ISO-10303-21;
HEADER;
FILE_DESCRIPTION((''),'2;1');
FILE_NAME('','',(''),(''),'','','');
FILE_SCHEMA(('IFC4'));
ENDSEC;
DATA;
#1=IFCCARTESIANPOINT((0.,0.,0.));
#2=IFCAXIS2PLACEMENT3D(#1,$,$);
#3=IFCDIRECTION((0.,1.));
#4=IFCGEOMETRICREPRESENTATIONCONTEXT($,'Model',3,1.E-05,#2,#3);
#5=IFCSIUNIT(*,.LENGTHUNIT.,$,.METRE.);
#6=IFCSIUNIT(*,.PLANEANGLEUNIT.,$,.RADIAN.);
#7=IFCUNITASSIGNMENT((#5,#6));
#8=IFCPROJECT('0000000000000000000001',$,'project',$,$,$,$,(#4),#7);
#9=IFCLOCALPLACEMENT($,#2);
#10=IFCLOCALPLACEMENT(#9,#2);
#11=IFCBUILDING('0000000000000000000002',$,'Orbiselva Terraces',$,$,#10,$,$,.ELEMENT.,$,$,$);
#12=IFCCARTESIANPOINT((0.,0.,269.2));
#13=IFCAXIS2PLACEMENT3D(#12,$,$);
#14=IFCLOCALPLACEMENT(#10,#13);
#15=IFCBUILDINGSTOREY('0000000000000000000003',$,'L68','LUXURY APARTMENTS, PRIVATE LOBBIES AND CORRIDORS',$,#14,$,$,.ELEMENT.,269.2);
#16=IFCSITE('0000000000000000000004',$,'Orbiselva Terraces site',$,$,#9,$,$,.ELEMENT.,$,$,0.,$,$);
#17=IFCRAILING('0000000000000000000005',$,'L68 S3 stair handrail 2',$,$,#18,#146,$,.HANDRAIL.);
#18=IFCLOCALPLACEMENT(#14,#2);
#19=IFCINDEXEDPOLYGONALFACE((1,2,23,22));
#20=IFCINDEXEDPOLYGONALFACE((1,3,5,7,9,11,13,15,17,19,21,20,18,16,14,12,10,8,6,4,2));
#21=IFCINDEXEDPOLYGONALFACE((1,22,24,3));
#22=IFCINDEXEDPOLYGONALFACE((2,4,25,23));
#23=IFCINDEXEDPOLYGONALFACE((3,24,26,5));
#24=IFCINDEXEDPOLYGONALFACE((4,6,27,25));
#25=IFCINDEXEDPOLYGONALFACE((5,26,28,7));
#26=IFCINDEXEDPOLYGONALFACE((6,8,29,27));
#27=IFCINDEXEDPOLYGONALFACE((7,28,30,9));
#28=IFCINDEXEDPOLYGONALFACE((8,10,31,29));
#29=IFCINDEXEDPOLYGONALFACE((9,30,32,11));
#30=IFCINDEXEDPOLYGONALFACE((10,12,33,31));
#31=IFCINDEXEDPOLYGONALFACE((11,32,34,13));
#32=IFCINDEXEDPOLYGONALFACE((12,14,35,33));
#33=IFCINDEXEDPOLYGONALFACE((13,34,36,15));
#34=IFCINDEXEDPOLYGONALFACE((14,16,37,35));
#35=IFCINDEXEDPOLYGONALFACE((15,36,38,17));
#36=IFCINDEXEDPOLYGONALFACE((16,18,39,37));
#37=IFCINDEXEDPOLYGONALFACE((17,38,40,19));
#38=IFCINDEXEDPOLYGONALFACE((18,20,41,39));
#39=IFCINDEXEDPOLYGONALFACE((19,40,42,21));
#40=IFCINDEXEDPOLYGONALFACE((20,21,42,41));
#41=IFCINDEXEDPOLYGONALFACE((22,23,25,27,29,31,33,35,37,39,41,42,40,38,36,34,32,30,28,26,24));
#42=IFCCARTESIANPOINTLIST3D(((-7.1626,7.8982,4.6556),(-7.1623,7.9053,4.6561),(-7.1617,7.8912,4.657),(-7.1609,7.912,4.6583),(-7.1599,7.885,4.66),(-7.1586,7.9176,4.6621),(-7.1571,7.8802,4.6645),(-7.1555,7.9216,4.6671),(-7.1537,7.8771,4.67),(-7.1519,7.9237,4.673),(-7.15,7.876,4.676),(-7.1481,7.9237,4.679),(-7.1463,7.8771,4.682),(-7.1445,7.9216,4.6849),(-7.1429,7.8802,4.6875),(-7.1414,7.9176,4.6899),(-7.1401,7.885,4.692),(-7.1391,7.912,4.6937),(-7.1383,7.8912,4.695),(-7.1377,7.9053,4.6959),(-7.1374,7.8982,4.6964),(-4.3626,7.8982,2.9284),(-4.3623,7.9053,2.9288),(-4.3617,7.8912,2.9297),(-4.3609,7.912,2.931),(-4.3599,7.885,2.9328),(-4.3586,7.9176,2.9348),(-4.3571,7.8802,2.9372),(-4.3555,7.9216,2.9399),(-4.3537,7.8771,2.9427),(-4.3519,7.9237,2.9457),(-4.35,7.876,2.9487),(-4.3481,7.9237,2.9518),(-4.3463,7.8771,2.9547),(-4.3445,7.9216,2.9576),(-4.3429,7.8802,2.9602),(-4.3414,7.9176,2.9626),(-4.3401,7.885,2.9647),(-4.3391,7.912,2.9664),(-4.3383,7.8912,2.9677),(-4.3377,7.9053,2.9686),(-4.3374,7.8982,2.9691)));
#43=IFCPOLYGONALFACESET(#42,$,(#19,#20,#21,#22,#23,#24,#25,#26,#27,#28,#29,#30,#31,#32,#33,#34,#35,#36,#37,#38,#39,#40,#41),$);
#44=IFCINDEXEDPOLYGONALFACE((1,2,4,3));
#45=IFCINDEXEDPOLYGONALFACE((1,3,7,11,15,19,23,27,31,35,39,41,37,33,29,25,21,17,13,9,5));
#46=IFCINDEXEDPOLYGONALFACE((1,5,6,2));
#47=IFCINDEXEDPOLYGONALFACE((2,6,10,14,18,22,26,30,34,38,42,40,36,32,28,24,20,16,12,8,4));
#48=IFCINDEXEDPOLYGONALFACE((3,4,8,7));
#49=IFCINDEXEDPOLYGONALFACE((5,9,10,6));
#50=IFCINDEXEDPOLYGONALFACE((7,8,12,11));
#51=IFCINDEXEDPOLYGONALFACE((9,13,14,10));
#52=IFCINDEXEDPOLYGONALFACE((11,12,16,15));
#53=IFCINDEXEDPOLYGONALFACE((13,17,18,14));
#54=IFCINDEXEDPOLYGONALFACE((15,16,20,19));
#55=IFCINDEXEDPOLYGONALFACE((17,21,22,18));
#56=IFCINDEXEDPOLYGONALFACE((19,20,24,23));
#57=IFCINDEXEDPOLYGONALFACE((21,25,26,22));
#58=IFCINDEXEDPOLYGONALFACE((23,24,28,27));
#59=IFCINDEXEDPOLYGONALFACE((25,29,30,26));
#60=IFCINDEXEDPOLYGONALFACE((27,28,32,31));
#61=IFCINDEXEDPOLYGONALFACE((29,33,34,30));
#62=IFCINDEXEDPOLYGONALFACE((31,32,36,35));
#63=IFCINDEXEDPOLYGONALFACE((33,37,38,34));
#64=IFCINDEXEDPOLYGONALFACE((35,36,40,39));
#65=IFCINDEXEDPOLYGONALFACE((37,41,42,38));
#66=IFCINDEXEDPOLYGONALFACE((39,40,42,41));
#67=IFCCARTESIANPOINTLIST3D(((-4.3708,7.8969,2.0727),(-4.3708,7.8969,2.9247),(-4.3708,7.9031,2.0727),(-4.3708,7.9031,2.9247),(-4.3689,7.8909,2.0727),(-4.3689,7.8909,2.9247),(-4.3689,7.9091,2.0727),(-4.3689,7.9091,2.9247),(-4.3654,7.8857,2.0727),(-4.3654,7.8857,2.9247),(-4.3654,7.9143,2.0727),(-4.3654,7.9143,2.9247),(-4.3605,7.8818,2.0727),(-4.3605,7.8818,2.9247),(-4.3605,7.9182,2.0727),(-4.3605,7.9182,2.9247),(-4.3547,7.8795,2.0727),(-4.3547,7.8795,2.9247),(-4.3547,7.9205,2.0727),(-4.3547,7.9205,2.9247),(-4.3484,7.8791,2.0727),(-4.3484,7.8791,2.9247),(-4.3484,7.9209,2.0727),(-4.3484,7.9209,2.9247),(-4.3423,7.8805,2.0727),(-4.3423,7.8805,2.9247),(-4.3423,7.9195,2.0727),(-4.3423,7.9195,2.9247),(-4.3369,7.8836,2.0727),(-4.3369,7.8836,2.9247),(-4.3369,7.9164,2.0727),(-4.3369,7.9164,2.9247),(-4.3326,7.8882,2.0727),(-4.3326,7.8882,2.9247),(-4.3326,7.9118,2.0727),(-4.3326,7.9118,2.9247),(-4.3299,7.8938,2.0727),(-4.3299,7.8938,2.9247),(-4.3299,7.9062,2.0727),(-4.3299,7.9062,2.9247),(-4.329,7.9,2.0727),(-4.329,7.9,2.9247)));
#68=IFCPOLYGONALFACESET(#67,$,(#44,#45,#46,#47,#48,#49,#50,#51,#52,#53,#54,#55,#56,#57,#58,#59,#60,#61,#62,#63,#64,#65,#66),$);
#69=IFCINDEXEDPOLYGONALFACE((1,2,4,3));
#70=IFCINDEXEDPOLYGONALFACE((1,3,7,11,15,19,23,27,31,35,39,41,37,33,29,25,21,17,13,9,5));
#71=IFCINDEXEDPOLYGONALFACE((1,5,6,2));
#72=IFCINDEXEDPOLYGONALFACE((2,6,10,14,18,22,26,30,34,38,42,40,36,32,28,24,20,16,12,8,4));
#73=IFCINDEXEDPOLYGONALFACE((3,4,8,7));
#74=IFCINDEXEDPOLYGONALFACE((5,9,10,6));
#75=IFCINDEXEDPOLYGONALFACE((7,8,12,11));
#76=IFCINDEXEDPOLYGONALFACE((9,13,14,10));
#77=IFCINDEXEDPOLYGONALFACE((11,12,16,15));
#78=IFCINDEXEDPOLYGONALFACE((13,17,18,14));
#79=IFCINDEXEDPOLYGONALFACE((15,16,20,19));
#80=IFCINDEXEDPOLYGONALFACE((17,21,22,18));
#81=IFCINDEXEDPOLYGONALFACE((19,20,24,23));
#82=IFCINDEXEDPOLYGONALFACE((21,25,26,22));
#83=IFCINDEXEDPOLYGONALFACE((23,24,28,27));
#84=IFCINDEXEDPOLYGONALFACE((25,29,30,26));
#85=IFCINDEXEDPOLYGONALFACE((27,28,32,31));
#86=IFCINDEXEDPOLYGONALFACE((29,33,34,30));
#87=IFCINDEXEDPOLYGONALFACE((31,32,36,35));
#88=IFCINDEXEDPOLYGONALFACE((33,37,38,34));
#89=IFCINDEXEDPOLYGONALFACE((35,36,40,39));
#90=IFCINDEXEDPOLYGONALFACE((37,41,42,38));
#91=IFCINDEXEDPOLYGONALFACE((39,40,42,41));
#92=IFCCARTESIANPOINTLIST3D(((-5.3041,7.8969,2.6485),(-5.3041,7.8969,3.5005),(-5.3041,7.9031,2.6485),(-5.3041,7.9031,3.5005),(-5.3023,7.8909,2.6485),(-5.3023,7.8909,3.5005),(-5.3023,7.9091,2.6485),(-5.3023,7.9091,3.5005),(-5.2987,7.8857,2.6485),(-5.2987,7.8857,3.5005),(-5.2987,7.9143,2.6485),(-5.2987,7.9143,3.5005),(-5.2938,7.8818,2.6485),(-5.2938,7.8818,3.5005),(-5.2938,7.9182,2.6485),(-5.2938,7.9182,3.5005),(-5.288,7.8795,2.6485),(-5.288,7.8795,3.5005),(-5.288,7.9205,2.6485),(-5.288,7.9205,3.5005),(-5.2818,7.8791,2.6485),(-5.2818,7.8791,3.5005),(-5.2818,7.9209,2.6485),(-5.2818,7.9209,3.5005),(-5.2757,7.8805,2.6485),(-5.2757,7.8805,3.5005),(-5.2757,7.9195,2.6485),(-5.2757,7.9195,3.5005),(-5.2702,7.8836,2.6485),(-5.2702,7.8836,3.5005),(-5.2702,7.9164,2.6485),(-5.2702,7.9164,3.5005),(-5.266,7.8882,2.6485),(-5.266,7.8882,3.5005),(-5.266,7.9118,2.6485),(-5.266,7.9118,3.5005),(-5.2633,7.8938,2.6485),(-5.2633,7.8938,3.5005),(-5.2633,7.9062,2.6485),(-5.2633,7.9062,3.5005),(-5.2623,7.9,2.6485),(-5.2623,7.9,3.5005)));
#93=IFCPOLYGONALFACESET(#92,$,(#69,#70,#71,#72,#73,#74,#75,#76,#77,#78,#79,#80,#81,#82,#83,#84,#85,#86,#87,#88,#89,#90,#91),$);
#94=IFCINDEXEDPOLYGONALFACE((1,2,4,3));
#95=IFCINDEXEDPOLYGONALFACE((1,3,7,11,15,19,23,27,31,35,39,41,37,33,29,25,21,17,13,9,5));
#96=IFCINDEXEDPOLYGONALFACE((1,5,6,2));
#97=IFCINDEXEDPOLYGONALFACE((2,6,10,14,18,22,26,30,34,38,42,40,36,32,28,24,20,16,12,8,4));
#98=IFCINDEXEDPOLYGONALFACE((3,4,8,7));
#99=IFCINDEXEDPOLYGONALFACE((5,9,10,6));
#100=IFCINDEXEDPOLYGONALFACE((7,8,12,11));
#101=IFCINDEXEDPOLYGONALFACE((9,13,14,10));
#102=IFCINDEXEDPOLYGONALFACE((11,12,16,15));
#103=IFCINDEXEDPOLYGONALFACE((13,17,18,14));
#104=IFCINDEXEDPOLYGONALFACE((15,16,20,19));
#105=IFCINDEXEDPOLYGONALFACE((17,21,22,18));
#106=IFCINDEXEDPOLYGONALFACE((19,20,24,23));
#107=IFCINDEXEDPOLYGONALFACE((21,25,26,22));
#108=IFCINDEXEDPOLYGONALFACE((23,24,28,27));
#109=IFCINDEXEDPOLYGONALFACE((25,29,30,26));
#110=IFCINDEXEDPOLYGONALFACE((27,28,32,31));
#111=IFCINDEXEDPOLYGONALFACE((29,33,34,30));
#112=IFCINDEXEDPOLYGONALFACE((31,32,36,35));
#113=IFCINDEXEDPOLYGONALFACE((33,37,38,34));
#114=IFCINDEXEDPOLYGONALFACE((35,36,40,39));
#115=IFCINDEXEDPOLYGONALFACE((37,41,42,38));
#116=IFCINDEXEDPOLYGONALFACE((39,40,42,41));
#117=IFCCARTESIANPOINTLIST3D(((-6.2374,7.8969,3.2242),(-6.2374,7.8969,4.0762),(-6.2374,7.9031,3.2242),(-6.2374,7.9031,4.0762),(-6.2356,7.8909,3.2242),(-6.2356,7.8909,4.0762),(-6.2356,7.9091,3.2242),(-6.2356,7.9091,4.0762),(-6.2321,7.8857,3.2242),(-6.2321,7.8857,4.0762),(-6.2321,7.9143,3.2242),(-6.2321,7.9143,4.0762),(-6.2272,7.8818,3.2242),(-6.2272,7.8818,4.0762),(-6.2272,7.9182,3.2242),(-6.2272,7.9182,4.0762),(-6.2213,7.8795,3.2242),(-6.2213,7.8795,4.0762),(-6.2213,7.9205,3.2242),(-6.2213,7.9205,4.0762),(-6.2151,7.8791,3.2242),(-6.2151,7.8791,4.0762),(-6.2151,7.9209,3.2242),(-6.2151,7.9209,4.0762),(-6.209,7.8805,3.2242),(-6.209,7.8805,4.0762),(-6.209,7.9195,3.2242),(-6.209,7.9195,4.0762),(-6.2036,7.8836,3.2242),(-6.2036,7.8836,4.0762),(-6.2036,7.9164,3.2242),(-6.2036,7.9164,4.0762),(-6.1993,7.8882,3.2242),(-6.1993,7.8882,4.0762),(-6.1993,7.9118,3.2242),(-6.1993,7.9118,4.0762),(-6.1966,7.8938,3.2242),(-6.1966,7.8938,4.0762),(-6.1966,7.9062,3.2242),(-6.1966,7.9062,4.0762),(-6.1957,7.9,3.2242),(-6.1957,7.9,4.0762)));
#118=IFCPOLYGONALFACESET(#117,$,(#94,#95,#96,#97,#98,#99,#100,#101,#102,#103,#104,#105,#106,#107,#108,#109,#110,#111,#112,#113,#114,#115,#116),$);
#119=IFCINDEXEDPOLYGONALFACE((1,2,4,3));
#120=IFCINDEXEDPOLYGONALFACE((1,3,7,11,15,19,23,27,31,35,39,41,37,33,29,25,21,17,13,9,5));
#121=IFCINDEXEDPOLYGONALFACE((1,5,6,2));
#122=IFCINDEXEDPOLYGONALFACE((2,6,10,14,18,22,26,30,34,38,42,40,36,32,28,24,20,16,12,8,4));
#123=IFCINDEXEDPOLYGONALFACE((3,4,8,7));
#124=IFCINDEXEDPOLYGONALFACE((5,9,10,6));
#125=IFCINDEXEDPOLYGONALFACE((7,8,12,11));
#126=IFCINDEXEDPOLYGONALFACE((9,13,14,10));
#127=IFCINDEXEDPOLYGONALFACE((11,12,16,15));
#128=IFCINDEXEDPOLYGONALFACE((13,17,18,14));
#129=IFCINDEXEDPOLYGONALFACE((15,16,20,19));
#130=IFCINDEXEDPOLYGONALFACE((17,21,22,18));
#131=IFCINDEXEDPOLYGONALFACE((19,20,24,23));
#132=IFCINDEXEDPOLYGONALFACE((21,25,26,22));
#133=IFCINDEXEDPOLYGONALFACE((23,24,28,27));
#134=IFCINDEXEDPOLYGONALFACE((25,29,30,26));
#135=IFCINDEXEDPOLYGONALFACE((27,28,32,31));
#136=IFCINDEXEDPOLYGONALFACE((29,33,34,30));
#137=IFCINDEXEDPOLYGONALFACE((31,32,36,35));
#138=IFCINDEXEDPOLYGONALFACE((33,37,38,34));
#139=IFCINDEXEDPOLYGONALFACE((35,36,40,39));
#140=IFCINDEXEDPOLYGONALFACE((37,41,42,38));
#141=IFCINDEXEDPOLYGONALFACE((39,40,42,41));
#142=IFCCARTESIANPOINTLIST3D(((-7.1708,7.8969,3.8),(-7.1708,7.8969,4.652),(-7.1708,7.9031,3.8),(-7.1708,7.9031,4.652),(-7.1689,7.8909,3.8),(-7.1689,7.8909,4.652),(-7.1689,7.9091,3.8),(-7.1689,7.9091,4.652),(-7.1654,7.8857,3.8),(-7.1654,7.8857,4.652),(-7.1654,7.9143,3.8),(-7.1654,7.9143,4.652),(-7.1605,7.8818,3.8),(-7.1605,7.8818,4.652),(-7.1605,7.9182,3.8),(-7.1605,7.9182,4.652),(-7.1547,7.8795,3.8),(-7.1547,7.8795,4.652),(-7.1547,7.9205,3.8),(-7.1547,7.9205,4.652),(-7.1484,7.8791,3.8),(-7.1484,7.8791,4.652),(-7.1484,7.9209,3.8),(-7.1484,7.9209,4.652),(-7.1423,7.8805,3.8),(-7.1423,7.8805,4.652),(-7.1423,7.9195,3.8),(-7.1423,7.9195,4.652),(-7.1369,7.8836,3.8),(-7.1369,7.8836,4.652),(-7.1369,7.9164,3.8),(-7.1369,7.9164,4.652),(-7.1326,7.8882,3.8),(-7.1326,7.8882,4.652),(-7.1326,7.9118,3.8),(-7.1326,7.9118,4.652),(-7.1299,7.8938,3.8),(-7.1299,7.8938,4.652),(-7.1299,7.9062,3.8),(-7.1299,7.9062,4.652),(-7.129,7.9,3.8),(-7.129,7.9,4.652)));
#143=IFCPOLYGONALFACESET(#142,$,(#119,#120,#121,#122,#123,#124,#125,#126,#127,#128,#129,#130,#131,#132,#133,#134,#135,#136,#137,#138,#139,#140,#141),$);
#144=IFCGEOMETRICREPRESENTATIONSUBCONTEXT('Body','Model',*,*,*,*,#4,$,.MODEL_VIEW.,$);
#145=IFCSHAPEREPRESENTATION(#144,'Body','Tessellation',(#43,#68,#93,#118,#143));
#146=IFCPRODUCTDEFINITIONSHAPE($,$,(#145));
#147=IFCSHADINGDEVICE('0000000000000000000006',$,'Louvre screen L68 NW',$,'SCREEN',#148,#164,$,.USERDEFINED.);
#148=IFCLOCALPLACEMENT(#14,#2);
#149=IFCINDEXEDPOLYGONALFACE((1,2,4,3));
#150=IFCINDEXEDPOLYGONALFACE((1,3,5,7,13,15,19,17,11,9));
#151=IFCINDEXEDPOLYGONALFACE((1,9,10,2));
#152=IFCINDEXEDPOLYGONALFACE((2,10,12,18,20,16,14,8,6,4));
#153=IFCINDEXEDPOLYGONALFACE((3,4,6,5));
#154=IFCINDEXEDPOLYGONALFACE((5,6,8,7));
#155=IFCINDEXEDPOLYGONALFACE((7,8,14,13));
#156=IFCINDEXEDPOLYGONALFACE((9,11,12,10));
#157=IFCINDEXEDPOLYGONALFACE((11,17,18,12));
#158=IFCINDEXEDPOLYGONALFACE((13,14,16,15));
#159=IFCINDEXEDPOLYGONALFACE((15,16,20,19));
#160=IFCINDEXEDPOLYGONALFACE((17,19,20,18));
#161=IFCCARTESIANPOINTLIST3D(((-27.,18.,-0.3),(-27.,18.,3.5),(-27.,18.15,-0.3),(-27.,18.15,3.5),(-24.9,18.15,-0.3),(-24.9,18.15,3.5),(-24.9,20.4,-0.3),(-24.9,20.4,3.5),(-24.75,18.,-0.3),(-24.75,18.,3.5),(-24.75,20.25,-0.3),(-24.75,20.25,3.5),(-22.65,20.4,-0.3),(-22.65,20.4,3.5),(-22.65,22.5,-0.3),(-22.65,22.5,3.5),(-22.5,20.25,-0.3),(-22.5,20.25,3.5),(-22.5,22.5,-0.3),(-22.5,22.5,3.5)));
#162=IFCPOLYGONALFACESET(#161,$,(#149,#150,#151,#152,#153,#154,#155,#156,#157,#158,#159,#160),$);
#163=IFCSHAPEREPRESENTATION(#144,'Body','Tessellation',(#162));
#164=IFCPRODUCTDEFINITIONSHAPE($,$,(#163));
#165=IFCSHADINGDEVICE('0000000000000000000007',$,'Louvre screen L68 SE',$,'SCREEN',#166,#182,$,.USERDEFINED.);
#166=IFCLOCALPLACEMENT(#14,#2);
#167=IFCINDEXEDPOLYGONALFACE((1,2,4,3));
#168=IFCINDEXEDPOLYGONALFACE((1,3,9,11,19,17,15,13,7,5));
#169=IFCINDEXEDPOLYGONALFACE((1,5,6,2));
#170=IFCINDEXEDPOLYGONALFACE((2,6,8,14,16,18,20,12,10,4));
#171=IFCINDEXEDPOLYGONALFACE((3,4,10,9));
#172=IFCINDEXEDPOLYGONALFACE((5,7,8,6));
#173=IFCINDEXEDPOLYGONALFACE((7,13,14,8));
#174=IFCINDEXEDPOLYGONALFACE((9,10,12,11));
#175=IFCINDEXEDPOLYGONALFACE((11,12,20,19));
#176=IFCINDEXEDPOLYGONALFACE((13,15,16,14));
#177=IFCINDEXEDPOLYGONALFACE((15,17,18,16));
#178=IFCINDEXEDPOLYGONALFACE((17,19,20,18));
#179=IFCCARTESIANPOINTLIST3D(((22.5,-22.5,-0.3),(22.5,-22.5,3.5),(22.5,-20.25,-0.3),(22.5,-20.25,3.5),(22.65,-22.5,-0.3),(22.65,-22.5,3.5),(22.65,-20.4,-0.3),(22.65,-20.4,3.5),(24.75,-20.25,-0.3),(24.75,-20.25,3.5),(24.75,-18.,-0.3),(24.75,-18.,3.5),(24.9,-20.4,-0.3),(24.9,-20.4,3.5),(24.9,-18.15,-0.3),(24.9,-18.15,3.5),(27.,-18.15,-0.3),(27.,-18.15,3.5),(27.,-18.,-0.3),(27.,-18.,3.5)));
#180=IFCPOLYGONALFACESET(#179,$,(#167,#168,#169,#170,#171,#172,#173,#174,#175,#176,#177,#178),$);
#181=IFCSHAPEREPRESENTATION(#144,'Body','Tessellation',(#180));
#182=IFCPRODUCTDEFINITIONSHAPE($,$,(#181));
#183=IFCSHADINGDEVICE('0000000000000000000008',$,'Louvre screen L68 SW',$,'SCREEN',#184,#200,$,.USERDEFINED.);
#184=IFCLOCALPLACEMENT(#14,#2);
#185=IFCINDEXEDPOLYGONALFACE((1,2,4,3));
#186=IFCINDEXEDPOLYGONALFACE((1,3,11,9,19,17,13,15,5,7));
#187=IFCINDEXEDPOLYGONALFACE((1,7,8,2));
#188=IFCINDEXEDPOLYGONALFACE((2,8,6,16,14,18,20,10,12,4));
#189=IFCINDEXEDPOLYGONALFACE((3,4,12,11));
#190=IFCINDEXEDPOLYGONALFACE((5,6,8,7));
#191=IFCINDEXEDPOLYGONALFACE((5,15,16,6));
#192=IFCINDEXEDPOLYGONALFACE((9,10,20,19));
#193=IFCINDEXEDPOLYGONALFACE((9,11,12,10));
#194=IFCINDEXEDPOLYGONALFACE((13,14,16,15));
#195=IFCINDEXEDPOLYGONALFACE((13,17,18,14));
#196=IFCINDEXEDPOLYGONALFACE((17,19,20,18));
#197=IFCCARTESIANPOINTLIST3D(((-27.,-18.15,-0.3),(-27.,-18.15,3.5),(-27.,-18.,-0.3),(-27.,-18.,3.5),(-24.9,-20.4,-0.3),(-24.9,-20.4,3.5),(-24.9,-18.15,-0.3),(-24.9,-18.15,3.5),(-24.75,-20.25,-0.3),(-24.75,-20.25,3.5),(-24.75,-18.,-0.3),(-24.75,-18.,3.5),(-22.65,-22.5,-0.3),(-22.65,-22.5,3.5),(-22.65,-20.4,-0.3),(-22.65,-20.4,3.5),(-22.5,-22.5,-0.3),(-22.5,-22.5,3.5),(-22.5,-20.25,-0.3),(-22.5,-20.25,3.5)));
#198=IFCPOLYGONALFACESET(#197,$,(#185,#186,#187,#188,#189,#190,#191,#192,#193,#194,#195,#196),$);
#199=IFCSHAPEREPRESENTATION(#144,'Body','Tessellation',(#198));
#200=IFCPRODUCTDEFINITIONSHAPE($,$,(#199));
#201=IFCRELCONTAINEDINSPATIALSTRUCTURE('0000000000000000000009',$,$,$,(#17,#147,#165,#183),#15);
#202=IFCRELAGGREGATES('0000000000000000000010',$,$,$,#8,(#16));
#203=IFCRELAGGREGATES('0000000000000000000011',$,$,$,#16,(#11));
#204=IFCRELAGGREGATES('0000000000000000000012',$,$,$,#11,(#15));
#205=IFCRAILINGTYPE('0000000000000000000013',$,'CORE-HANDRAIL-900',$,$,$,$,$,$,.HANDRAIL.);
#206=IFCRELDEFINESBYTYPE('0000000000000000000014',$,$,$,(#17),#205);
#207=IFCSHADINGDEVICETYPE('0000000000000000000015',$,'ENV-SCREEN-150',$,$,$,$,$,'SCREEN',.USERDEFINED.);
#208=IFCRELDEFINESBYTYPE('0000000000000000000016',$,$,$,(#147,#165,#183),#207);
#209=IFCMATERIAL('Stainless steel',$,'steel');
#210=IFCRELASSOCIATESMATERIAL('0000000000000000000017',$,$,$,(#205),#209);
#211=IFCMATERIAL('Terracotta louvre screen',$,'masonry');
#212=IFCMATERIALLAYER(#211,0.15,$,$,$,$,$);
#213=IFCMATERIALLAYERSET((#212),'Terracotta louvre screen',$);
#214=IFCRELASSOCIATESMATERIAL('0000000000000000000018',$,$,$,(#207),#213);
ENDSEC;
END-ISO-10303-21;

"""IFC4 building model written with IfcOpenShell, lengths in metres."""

from ifc_helpers import new_model, si_unit, direction, frame, origin, origin_2d, place, context, subcontext, project, spatial, polyline, circle, outline, extrude, material, layer, layer_set, type_object, element, save


model = new_model("IFC4")

# Units and contexts
model_context = context("Model", 3, precision=1e-05, world=origin(), true_north=direction((0.0, 1.0)))
body_context = subcontext(model_context, "Body", "Model", "MODEL_VIEW")
ifc_project = project(units=[si_unit("LENGTHUNIT", "METRE"), si_unit("PLANEANGLEUNIT", "RADIAN")], contexts=[model_context])

# Site, building, storey
site_placement = place(None, origin())
site = spatial("IfcSite", under=ifc_project, at=site_placement, Name="Orbiselva Terraces site", CompositionType="ELEMENT", RefElevation=0.0)
building_placement = place(site_placement, origin())
building = spatial("IfcBuilding", under=site, at=building_placement, Name="Orbiselva Terraces", CompositionType="ELEMENT")
storey_placement = place(building_placement, frame((0.0, 0.0, 269.2)))
storey = spatial("IfcBuildingStorey", under=building, at=storey_placement, Name="L68", Description="LUXURY APARTMENTS, PRIVATE LOBBIES AND CORRIDORS", CompositionType="ELEMENT", Elevation=269.2)

# Railing
ifc_material_1 = material(Name="Stainless steel", Category="steel")
railing_type_1 = type_object("IfcRailingType", Name="CORE-HANDRAIL-900", PredefinedType="HANDRAIL", material=ifc_material_1)
railing_1_placement = place(storey_placement, frame((-4.35, 7.9, 2.0727)))
element("IfcRailing", 1, at=railing_1_placement, inside=storey, type_object=railing_type_1, Name="L68 S3 stair handrail 2", PredefinedType="HANDRAIL", context=body_context, shape_type="SweptSolid", body=[
    extrude(circle(Radius=0.024, at=origin_2d()), frame((0.0, 0.0, 0.876), z_axis=(-0.851089, 0.0, 0.525022), x_axis=(0.0, -1.0, 0.0)), (0.0, 0.0, 1.0), 3.2899),
    extrude(circle(Radius=0.021, at=origin_2d()), origin(), (0.0, 0.0, 1.0), 0.852),
    extrude(circle(Radius=0.021, at=origin_2d()), frame((-0.9333, 0.0, 0.5758)), (0.0, 0.0, 1.0), 0.852),
    extrude(circle(Radius=0.021, at=origin_2d()), frame((-1.8667, 0.0, 1.1515)), (0.0, 0.0, 1.0), 0.852),
    extrude(circle(Radius=0.021, at=origin_2d()), frame((-2.8, 0.0, 1.7273)), (0.0, 0.0, 1.0), 0.852),
])

# Shading devices
ifc_material_2 = material(Name="Terracotta louvre screen", Category="masonry")
ifc_layer_1 = layer(ifc_material_2, 0.15)
ifc_layer_set_1 = layer_set([ifc_layer_1], Name="Terracotta louvre screen")
shading_device_type = type_object("IfcShadingDeviceType", Name="ENV-SCREEN-150", ElementType="SCREEN", PredefinedType="USERDEFINED", material=ifc_layer_set_1)
shading_device_1_placement = place(storey_placement, frame((0.0, 0.0, -0.3)))
element("IfcShadingDevice", 2, at=shading_device_1_placement, inside=storey, type_object=shading_device_type, Name="Louvre screen L68 NW", ObjectType="SCREEN", PredefinedType="USERDEFINED", context=body_context, shape_type="SweptSolid", body=[
    extrude(outline(polyline([(-22.65, 22.5), (-22.65, 20.4), (-24.9, 20.4), (-24.9, 18.15), (-27.0, 18.15), (-27.0, 18.0), (-24.75, 18.0), (-24.75, 20.25), (-22.5, 20.25), (-22.5, 22.5), (-22.65, 22.5)])), origin(), (0.0, 0.0, 1.0), 3.8),
])
shading_device_2_placement = place(storey_placement, frame((0.0, 0.0, -0.3)))
element("IfcShadingDevice", 3, at=shading_device_2_placement, inside=storey, type_object=shading_device_type, Name="Louvre screen L68 SE", ObjectType="SCREEN", PredefinedType="USERDEFINED", context=body_context, shape_type="SweptSolid", body=[
    extrude(outline(polyline([(22.65, -22.5), (22.65, -20.4), (24.9, -20.4), (24.9, -18.15), (27.0, -18.15), (27.0, -18.0), (24.75, -18.0), (24.75, -20.25), (22.5, -20.25), (22.5, -22.5), (22.65, -22.5)])), origin(), (0.0, 0.0, 1.0), 3.8),
])
shading_device_3_placement = place(storey_placement, frame((0.0, 0.0, -0.3)))
element("IfcShadingDevice", 4, at=shading_device_3_placement, inside=storey, type_object=shading_device_type, Name="Louvre screen L68 SW", ObjectType="SCREEN", PredefinedType="USERDEFINED", context=body_context, shape_type="SweptSolid", body=[
    extrude(outline(polyline([(-27.0, -18.15), (-24.9, -18.15), (-24.9, -20.4), (-22.65, -20.4), (-22.65, -22.5), (-22.5, -22.5), (-22.5, -20.25), (-24.75, -20.25), (-24.75, -18.0), (-27.0, -18.0), (-27.0, -18.15)])), origin(), (0.0, 0.0, 1.0), 3.8),
])

save(model, "model.ifc")
